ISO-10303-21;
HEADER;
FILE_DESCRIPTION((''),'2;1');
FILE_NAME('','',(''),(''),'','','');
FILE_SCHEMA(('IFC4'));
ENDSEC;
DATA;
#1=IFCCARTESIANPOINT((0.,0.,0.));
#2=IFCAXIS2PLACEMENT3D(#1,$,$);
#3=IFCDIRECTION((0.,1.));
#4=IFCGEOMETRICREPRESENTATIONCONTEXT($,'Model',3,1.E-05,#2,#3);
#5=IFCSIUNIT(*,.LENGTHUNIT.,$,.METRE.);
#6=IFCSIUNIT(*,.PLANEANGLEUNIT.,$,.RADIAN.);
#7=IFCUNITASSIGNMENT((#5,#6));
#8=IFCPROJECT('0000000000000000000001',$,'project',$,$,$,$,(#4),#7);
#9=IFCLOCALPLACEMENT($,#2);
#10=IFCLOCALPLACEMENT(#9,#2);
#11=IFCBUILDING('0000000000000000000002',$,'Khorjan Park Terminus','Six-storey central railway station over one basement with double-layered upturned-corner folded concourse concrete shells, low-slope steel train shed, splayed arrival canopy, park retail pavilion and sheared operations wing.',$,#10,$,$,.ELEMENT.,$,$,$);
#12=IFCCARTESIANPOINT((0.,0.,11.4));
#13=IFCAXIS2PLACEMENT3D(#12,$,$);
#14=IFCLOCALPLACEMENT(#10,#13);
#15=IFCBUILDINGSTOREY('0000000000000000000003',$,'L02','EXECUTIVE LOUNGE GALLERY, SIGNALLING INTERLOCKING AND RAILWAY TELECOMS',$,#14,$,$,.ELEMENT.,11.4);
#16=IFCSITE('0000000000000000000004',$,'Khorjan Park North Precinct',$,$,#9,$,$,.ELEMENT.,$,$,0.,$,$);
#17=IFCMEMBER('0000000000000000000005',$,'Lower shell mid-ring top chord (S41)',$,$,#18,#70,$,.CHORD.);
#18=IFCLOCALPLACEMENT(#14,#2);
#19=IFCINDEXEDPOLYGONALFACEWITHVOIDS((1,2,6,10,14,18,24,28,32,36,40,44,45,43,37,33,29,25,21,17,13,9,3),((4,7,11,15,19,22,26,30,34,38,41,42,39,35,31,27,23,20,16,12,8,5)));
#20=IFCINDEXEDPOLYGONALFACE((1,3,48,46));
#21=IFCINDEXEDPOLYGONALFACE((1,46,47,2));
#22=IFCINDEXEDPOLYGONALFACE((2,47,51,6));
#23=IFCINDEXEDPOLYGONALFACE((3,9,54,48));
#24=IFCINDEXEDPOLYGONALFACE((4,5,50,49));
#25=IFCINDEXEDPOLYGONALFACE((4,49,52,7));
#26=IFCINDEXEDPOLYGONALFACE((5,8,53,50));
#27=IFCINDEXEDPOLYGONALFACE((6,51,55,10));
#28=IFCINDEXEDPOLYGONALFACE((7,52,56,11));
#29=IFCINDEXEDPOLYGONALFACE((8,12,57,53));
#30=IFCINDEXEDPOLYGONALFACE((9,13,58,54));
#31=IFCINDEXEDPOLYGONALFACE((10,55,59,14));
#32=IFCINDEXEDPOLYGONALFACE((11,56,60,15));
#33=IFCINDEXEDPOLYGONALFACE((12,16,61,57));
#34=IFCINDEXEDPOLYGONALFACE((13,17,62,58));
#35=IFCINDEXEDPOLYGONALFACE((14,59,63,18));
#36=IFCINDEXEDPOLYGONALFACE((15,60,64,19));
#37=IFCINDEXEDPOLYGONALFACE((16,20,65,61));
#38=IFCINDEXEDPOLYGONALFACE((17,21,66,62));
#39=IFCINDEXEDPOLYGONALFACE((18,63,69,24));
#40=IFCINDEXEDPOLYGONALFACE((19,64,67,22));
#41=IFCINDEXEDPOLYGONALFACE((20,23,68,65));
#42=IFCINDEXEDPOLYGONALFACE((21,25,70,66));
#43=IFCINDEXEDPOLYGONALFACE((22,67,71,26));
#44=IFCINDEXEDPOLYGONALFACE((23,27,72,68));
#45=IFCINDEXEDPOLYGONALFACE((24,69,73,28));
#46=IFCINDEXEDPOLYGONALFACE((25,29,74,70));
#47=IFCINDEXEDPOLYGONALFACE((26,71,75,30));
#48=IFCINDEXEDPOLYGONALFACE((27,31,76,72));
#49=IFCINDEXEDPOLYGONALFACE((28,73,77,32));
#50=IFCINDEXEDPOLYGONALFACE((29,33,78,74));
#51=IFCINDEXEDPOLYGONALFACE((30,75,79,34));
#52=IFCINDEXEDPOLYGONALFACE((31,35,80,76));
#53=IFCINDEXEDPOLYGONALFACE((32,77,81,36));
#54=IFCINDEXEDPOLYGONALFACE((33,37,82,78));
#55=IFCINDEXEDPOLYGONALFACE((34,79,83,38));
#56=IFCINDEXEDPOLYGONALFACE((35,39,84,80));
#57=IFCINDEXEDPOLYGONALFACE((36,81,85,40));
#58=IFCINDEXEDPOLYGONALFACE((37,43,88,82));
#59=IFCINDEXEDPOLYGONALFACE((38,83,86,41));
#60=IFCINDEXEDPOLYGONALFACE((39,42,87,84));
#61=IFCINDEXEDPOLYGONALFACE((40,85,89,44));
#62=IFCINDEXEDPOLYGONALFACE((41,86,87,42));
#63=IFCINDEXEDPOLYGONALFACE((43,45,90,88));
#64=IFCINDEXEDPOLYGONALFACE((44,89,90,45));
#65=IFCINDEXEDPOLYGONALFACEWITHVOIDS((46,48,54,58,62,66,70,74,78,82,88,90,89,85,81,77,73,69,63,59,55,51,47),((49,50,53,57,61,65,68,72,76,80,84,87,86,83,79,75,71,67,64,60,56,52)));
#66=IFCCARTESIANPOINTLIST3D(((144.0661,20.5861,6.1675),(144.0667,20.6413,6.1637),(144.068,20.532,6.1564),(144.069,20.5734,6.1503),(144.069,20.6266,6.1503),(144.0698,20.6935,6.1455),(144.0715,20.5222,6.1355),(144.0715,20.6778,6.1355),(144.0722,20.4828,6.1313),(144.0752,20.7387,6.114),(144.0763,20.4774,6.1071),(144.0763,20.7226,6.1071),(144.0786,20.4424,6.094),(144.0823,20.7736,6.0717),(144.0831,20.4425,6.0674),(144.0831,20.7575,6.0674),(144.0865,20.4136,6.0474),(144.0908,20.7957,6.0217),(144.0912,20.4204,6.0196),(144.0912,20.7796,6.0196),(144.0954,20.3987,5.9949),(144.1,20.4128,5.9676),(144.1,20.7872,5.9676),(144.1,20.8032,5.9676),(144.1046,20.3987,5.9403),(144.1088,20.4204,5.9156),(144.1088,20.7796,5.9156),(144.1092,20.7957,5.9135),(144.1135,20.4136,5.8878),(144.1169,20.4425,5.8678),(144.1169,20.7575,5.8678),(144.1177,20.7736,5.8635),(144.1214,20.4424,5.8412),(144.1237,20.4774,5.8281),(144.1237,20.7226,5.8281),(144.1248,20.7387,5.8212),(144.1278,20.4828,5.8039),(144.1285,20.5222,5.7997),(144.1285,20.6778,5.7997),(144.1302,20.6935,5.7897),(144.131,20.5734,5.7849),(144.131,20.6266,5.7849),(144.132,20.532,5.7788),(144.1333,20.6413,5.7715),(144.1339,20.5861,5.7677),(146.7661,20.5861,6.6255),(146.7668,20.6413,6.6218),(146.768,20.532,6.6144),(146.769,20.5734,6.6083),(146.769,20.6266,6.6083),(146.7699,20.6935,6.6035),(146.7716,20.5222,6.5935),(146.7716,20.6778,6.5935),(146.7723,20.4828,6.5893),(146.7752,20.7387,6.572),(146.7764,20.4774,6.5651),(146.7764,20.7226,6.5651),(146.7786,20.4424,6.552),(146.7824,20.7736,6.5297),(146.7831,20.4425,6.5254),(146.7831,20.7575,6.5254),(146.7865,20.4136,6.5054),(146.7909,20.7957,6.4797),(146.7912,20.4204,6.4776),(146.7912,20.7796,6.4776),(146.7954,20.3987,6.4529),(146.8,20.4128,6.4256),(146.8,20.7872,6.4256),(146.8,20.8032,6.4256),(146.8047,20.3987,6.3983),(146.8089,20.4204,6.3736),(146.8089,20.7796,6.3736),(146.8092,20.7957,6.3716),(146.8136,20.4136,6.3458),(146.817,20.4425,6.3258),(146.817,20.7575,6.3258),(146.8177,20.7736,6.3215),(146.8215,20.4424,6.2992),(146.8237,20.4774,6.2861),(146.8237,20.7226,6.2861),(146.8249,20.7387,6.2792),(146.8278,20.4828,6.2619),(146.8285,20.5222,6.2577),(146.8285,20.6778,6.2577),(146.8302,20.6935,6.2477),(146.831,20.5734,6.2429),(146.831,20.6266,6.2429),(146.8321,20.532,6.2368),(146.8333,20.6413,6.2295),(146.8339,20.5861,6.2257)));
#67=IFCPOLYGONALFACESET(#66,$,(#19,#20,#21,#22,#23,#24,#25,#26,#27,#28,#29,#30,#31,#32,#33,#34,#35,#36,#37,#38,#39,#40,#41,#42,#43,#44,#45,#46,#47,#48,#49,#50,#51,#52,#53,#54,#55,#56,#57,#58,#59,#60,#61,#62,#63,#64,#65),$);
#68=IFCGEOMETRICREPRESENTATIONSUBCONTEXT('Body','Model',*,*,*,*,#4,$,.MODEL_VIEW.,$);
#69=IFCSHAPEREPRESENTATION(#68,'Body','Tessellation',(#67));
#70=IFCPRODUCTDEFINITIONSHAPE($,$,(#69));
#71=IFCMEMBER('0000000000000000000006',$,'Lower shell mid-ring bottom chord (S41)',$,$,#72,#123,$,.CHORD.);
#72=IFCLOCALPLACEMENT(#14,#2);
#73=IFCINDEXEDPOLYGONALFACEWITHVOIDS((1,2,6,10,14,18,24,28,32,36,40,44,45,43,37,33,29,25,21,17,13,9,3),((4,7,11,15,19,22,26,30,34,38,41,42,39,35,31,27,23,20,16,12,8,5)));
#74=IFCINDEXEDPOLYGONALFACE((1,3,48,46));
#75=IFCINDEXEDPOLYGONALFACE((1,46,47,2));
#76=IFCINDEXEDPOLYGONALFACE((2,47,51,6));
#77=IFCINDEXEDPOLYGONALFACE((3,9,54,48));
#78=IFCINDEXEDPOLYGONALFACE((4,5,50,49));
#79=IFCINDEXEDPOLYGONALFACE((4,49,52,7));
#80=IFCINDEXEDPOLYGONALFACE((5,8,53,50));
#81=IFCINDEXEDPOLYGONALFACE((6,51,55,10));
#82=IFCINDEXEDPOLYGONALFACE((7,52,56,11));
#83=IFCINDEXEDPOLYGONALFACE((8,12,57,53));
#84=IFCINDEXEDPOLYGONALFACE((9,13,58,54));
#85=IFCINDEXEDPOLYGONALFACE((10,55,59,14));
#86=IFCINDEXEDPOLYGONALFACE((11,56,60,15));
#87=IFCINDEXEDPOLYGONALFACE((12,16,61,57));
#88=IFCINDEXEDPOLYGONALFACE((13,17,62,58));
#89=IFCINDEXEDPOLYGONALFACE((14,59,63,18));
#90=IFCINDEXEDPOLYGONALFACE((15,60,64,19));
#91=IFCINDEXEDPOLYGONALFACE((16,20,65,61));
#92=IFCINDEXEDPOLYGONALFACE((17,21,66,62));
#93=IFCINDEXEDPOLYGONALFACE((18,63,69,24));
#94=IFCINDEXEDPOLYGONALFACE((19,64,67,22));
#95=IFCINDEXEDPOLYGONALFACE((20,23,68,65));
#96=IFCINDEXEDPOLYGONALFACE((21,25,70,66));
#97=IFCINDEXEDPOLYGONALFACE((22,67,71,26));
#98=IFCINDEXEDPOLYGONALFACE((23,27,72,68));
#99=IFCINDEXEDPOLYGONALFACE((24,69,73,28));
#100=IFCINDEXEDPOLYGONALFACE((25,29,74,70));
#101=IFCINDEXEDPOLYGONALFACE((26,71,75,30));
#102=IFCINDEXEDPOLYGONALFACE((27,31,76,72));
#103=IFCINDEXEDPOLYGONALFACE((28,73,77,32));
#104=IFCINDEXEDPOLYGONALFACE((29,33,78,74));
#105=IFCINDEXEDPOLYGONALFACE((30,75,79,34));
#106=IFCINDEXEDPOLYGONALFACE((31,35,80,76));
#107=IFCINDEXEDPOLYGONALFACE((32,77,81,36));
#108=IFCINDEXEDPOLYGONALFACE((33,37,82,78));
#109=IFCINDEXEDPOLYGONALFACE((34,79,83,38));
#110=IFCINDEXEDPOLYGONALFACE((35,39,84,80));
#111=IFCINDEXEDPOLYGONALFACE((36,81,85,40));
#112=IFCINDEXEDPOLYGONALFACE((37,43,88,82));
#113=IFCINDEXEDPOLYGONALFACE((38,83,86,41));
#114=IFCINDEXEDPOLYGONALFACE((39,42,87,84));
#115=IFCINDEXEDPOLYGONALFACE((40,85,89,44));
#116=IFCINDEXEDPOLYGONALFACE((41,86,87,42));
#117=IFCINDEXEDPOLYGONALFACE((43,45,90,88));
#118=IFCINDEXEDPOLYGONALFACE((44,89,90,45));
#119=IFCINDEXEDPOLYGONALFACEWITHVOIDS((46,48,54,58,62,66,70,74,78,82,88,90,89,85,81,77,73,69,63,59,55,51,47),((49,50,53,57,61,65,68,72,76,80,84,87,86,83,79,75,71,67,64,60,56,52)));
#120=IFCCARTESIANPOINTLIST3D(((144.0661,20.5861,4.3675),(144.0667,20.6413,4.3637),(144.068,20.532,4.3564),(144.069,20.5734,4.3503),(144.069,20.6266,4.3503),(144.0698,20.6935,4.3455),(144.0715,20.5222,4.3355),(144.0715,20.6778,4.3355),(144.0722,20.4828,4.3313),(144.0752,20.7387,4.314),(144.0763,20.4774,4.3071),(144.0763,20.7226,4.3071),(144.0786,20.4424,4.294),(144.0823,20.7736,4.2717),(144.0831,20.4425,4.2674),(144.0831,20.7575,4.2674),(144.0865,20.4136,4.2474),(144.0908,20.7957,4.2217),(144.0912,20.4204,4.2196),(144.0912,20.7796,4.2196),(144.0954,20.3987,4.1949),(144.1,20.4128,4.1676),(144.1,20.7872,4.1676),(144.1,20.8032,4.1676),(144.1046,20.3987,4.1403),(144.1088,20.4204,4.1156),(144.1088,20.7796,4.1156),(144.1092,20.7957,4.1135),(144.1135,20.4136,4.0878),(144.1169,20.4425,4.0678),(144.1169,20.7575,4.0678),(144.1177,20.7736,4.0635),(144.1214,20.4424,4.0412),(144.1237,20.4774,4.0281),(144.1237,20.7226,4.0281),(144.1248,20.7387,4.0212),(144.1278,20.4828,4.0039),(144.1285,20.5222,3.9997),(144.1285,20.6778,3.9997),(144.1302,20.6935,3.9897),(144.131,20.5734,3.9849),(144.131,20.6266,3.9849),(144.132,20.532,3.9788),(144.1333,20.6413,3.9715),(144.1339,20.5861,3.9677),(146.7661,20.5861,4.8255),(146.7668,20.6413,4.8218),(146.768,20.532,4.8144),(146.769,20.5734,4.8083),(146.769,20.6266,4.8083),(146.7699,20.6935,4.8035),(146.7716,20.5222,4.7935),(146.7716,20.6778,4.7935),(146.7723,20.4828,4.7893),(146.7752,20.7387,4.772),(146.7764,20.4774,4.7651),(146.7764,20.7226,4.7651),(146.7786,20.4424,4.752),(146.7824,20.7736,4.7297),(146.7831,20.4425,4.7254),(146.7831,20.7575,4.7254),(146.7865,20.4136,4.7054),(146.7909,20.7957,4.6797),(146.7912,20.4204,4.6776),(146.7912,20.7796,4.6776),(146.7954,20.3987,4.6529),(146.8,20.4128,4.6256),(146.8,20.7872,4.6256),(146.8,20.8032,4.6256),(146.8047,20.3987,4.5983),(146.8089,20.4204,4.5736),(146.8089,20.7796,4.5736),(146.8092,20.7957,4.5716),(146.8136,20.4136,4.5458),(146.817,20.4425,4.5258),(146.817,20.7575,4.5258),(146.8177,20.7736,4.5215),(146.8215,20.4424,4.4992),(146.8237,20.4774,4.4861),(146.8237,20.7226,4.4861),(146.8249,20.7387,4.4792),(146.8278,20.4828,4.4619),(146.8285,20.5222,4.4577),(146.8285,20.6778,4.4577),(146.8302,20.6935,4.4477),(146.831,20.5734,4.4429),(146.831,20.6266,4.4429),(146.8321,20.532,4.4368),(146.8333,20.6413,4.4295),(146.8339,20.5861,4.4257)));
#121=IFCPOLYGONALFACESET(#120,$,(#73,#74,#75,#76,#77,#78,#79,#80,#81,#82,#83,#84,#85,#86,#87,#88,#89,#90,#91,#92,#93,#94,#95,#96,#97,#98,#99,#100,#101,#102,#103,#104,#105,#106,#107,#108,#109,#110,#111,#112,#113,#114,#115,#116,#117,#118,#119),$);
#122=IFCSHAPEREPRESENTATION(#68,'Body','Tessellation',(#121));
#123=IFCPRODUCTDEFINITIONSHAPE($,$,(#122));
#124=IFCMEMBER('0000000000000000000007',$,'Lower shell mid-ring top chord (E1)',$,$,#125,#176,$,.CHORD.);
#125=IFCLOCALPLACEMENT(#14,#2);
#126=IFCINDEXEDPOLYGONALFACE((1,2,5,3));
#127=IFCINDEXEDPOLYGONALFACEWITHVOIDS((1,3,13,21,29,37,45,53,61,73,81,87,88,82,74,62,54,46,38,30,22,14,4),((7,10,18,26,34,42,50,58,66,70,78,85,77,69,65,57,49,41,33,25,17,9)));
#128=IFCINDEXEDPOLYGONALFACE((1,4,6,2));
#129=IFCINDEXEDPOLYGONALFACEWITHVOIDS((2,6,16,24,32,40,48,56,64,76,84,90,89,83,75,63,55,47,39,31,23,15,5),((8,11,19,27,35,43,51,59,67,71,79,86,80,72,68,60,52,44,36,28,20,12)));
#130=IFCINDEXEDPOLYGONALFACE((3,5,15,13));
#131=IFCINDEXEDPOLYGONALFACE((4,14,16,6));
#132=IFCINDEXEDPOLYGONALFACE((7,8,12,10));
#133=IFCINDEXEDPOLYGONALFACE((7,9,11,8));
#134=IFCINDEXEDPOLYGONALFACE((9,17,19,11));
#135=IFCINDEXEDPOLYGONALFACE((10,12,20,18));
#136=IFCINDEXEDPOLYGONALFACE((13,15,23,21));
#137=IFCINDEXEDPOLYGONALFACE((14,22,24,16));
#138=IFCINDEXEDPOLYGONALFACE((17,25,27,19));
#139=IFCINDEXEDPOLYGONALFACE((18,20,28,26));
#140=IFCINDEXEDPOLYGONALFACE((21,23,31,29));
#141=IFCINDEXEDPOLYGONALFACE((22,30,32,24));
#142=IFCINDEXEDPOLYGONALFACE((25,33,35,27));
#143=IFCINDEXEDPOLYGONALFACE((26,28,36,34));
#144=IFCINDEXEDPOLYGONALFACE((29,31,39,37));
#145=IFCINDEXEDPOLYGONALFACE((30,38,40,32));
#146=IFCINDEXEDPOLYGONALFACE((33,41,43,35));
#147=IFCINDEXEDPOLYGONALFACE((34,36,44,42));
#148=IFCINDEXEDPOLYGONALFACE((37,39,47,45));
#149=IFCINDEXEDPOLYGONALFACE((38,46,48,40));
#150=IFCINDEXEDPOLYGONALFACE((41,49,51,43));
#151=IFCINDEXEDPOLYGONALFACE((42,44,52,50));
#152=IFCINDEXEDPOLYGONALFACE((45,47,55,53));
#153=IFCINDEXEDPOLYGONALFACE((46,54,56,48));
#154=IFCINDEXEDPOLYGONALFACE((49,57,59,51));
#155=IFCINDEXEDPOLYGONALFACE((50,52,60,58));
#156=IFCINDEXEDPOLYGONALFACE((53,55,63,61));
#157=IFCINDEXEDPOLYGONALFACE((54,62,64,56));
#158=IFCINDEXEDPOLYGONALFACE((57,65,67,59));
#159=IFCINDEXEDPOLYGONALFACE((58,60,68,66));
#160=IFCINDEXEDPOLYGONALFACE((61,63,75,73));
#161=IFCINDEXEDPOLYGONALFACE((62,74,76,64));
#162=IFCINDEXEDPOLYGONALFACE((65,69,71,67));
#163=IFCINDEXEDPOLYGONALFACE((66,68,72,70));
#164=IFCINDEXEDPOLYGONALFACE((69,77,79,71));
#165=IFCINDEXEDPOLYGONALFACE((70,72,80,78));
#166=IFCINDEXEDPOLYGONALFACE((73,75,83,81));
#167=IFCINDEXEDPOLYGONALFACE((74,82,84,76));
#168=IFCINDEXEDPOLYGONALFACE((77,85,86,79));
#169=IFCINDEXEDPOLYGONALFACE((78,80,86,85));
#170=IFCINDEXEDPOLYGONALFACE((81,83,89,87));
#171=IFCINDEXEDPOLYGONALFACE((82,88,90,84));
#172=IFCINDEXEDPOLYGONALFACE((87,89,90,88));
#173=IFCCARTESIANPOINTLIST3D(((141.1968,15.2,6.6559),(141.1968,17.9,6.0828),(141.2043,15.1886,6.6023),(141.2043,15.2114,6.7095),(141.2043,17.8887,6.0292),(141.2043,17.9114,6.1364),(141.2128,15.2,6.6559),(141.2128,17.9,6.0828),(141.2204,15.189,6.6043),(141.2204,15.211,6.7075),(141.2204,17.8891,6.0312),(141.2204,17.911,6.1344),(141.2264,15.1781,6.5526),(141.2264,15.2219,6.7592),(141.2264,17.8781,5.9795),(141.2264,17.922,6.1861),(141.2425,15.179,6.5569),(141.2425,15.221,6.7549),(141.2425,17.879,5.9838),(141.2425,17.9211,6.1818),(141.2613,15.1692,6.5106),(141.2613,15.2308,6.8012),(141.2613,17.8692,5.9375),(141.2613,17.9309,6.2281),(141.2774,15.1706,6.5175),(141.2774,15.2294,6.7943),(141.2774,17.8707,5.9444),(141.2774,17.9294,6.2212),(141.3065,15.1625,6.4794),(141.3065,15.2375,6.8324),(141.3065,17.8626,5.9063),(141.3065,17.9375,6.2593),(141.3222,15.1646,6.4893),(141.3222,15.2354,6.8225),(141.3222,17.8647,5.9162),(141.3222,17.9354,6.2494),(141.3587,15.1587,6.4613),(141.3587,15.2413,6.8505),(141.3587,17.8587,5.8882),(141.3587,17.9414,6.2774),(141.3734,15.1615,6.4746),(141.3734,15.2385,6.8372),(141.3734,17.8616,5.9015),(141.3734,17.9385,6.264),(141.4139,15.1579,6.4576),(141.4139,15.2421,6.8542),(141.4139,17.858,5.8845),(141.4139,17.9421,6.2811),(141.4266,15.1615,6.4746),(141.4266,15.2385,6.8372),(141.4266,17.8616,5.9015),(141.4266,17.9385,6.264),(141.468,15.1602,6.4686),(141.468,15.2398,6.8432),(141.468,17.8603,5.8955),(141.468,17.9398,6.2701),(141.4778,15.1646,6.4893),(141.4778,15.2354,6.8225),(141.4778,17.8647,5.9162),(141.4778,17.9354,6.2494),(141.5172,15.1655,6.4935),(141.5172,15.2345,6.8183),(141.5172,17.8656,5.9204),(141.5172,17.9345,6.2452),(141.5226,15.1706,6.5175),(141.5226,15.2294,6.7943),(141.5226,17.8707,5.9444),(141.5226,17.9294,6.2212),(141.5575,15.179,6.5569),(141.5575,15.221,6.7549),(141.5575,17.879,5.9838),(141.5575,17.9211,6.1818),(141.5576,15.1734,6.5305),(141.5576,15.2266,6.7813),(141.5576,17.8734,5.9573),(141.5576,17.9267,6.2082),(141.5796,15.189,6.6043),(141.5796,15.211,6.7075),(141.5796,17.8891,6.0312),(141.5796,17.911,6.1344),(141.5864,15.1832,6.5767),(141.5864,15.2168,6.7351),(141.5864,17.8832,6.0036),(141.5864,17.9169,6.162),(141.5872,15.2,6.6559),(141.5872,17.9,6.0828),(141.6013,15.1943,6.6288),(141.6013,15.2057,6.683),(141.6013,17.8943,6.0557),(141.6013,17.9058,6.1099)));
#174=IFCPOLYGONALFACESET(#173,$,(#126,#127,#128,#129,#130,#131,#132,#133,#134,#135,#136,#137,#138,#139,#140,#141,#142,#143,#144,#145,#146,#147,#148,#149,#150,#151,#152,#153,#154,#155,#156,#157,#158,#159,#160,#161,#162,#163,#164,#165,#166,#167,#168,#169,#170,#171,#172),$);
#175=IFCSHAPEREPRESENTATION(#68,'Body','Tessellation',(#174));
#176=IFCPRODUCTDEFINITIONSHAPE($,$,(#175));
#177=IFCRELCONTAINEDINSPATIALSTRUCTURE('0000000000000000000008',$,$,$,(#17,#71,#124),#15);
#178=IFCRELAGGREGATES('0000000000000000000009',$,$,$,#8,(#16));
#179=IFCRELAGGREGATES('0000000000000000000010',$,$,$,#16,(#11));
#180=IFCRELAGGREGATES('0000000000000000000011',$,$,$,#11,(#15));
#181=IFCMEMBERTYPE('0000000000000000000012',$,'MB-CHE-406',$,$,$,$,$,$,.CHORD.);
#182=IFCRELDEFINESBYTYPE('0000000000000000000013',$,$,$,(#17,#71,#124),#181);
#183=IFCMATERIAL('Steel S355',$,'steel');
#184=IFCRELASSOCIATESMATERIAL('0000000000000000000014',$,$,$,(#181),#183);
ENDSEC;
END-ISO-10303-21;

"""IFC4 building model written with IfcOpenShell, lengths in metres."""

from ifc_helpers import new_model, si_unit, direction, frame, origin, origin_2d, place, context, subcontext, project, spatial, hollow_circle, extrude, material, material_profile, profile_set, type_object, element, save


model = new_model("IFC4")

# Units and contexts
model_context = context("Model", 3, precision=1e-05, world=origin(), true_north=direction((0.0, 1.0)))
body_context = subcontext(model_context, "Body", "Model", "MODEL_VIEW")
ifc_project = project(units=[si_unit("LENGTHUNIT", "METRE"), si_unit("PLANEANGLEUNIT", "RADIAN")], contexts=[model_context])

# Site, building, storey
site_placement = place(None, origin())
site = spatial("IfcSite", under=ifc_project, at=site_placement, Name="Khorjan Park North Precinct", CompositionType="ELEMENT", RefElevation=0.0)
building_placement = place(site_placement, origin())
building = spatial("IfcBuilding", under=site, at=building_placement, Name="Khorjan Park Terminus", Description="Six-storey central railway station over one basement with double-layered upturned-corner folded concourse concrete shells, low-slope steel train shed, splayed arrival canopy, park retail pavilion and sheared operations wing.", CompositionType="ELEMENT")
storey_placement = place(building_placement, frame((0.0, 0.0, 11.4)))
storey = spatial("IfcBuildingStorey", under=building, at=storey_placement, Name="L02", Description="EXECUTIVE LOUNGE GALLERY, SIGNALLING INTERLOCKING AND RAILWAY TELECOMS", CompositionType="ELEMENT", Elevation=11.4)

# Members
ifc_material_1 = material(Name="Steel S355", Category="steel")
ifc_material_profile_1 = material_profile(ifc_material_1, hollow_circle(Radius=0.2032, WallThickness=0.016, at=origin_2d()), Name="CHS 406.4x16")
ifc_profile_set_1 = profile_set([ifc_material_profile_1], Name="Steel S355")
member_type_1 = type_object("IfcMemberType", Name="MB-CHE-406", PredefinedType="CHORD", material=ifc_profile_set_1)
for number, where, z_axis, x_axis, name in (
    (1, (144.1, 20.6, 5.9676), (0.985916, 0.0, 0.167241), (0.0, 1.0, 0.0), "Lower shell mid-ring top chord (S41)"),
    (2, (144.1, 20.6, 4.1676), (0.985916, 0.0, 0.167241), (0.0, 1.0, 0.0), "Lower shell mid-ring bottom chord (S41)"),
):
    element("IfcMember", number, at=place(storey_placement, frame(where, z_axis=z_axis, x_axis=x_axis)), inside=storey, type_object=member_type_1, Name=name, PredefinedType="CHORD", context=body_context, shape_type="SweptSolid", body=[
        extrude(hollow_circle(Radius=0.2032, WallThickness=0.016, at=origin_2d()), origin(), (0.0, 0.0, 1.0), 2.7386),
    ])
for number, where, z_axis, x_axis, name in (
    (3, (141.4, 15.2, 6.6559), (0.0, 0.978207, -0.207633), (-1.0, 0.0, 0.0), "Lower shell mid-ring top chord (E1)"),
):
    element("IfcMember", number, at=place(storey_placement, frame(where, z_axis=z_axis, x_axis=x_axis)), inside=storey, type_object=member_type_1, Name=name, PredefinedType="CHORD", context=body_context, shape_type="SweptSolid", body=[
        extrude(hollow_circle(Radius=0.2032, WallThickness=0.016, at=origin_2d()), origin(), (0.0, 0.0, 1.0), 2.7602),
    ])

save(model, "model.ifc")
